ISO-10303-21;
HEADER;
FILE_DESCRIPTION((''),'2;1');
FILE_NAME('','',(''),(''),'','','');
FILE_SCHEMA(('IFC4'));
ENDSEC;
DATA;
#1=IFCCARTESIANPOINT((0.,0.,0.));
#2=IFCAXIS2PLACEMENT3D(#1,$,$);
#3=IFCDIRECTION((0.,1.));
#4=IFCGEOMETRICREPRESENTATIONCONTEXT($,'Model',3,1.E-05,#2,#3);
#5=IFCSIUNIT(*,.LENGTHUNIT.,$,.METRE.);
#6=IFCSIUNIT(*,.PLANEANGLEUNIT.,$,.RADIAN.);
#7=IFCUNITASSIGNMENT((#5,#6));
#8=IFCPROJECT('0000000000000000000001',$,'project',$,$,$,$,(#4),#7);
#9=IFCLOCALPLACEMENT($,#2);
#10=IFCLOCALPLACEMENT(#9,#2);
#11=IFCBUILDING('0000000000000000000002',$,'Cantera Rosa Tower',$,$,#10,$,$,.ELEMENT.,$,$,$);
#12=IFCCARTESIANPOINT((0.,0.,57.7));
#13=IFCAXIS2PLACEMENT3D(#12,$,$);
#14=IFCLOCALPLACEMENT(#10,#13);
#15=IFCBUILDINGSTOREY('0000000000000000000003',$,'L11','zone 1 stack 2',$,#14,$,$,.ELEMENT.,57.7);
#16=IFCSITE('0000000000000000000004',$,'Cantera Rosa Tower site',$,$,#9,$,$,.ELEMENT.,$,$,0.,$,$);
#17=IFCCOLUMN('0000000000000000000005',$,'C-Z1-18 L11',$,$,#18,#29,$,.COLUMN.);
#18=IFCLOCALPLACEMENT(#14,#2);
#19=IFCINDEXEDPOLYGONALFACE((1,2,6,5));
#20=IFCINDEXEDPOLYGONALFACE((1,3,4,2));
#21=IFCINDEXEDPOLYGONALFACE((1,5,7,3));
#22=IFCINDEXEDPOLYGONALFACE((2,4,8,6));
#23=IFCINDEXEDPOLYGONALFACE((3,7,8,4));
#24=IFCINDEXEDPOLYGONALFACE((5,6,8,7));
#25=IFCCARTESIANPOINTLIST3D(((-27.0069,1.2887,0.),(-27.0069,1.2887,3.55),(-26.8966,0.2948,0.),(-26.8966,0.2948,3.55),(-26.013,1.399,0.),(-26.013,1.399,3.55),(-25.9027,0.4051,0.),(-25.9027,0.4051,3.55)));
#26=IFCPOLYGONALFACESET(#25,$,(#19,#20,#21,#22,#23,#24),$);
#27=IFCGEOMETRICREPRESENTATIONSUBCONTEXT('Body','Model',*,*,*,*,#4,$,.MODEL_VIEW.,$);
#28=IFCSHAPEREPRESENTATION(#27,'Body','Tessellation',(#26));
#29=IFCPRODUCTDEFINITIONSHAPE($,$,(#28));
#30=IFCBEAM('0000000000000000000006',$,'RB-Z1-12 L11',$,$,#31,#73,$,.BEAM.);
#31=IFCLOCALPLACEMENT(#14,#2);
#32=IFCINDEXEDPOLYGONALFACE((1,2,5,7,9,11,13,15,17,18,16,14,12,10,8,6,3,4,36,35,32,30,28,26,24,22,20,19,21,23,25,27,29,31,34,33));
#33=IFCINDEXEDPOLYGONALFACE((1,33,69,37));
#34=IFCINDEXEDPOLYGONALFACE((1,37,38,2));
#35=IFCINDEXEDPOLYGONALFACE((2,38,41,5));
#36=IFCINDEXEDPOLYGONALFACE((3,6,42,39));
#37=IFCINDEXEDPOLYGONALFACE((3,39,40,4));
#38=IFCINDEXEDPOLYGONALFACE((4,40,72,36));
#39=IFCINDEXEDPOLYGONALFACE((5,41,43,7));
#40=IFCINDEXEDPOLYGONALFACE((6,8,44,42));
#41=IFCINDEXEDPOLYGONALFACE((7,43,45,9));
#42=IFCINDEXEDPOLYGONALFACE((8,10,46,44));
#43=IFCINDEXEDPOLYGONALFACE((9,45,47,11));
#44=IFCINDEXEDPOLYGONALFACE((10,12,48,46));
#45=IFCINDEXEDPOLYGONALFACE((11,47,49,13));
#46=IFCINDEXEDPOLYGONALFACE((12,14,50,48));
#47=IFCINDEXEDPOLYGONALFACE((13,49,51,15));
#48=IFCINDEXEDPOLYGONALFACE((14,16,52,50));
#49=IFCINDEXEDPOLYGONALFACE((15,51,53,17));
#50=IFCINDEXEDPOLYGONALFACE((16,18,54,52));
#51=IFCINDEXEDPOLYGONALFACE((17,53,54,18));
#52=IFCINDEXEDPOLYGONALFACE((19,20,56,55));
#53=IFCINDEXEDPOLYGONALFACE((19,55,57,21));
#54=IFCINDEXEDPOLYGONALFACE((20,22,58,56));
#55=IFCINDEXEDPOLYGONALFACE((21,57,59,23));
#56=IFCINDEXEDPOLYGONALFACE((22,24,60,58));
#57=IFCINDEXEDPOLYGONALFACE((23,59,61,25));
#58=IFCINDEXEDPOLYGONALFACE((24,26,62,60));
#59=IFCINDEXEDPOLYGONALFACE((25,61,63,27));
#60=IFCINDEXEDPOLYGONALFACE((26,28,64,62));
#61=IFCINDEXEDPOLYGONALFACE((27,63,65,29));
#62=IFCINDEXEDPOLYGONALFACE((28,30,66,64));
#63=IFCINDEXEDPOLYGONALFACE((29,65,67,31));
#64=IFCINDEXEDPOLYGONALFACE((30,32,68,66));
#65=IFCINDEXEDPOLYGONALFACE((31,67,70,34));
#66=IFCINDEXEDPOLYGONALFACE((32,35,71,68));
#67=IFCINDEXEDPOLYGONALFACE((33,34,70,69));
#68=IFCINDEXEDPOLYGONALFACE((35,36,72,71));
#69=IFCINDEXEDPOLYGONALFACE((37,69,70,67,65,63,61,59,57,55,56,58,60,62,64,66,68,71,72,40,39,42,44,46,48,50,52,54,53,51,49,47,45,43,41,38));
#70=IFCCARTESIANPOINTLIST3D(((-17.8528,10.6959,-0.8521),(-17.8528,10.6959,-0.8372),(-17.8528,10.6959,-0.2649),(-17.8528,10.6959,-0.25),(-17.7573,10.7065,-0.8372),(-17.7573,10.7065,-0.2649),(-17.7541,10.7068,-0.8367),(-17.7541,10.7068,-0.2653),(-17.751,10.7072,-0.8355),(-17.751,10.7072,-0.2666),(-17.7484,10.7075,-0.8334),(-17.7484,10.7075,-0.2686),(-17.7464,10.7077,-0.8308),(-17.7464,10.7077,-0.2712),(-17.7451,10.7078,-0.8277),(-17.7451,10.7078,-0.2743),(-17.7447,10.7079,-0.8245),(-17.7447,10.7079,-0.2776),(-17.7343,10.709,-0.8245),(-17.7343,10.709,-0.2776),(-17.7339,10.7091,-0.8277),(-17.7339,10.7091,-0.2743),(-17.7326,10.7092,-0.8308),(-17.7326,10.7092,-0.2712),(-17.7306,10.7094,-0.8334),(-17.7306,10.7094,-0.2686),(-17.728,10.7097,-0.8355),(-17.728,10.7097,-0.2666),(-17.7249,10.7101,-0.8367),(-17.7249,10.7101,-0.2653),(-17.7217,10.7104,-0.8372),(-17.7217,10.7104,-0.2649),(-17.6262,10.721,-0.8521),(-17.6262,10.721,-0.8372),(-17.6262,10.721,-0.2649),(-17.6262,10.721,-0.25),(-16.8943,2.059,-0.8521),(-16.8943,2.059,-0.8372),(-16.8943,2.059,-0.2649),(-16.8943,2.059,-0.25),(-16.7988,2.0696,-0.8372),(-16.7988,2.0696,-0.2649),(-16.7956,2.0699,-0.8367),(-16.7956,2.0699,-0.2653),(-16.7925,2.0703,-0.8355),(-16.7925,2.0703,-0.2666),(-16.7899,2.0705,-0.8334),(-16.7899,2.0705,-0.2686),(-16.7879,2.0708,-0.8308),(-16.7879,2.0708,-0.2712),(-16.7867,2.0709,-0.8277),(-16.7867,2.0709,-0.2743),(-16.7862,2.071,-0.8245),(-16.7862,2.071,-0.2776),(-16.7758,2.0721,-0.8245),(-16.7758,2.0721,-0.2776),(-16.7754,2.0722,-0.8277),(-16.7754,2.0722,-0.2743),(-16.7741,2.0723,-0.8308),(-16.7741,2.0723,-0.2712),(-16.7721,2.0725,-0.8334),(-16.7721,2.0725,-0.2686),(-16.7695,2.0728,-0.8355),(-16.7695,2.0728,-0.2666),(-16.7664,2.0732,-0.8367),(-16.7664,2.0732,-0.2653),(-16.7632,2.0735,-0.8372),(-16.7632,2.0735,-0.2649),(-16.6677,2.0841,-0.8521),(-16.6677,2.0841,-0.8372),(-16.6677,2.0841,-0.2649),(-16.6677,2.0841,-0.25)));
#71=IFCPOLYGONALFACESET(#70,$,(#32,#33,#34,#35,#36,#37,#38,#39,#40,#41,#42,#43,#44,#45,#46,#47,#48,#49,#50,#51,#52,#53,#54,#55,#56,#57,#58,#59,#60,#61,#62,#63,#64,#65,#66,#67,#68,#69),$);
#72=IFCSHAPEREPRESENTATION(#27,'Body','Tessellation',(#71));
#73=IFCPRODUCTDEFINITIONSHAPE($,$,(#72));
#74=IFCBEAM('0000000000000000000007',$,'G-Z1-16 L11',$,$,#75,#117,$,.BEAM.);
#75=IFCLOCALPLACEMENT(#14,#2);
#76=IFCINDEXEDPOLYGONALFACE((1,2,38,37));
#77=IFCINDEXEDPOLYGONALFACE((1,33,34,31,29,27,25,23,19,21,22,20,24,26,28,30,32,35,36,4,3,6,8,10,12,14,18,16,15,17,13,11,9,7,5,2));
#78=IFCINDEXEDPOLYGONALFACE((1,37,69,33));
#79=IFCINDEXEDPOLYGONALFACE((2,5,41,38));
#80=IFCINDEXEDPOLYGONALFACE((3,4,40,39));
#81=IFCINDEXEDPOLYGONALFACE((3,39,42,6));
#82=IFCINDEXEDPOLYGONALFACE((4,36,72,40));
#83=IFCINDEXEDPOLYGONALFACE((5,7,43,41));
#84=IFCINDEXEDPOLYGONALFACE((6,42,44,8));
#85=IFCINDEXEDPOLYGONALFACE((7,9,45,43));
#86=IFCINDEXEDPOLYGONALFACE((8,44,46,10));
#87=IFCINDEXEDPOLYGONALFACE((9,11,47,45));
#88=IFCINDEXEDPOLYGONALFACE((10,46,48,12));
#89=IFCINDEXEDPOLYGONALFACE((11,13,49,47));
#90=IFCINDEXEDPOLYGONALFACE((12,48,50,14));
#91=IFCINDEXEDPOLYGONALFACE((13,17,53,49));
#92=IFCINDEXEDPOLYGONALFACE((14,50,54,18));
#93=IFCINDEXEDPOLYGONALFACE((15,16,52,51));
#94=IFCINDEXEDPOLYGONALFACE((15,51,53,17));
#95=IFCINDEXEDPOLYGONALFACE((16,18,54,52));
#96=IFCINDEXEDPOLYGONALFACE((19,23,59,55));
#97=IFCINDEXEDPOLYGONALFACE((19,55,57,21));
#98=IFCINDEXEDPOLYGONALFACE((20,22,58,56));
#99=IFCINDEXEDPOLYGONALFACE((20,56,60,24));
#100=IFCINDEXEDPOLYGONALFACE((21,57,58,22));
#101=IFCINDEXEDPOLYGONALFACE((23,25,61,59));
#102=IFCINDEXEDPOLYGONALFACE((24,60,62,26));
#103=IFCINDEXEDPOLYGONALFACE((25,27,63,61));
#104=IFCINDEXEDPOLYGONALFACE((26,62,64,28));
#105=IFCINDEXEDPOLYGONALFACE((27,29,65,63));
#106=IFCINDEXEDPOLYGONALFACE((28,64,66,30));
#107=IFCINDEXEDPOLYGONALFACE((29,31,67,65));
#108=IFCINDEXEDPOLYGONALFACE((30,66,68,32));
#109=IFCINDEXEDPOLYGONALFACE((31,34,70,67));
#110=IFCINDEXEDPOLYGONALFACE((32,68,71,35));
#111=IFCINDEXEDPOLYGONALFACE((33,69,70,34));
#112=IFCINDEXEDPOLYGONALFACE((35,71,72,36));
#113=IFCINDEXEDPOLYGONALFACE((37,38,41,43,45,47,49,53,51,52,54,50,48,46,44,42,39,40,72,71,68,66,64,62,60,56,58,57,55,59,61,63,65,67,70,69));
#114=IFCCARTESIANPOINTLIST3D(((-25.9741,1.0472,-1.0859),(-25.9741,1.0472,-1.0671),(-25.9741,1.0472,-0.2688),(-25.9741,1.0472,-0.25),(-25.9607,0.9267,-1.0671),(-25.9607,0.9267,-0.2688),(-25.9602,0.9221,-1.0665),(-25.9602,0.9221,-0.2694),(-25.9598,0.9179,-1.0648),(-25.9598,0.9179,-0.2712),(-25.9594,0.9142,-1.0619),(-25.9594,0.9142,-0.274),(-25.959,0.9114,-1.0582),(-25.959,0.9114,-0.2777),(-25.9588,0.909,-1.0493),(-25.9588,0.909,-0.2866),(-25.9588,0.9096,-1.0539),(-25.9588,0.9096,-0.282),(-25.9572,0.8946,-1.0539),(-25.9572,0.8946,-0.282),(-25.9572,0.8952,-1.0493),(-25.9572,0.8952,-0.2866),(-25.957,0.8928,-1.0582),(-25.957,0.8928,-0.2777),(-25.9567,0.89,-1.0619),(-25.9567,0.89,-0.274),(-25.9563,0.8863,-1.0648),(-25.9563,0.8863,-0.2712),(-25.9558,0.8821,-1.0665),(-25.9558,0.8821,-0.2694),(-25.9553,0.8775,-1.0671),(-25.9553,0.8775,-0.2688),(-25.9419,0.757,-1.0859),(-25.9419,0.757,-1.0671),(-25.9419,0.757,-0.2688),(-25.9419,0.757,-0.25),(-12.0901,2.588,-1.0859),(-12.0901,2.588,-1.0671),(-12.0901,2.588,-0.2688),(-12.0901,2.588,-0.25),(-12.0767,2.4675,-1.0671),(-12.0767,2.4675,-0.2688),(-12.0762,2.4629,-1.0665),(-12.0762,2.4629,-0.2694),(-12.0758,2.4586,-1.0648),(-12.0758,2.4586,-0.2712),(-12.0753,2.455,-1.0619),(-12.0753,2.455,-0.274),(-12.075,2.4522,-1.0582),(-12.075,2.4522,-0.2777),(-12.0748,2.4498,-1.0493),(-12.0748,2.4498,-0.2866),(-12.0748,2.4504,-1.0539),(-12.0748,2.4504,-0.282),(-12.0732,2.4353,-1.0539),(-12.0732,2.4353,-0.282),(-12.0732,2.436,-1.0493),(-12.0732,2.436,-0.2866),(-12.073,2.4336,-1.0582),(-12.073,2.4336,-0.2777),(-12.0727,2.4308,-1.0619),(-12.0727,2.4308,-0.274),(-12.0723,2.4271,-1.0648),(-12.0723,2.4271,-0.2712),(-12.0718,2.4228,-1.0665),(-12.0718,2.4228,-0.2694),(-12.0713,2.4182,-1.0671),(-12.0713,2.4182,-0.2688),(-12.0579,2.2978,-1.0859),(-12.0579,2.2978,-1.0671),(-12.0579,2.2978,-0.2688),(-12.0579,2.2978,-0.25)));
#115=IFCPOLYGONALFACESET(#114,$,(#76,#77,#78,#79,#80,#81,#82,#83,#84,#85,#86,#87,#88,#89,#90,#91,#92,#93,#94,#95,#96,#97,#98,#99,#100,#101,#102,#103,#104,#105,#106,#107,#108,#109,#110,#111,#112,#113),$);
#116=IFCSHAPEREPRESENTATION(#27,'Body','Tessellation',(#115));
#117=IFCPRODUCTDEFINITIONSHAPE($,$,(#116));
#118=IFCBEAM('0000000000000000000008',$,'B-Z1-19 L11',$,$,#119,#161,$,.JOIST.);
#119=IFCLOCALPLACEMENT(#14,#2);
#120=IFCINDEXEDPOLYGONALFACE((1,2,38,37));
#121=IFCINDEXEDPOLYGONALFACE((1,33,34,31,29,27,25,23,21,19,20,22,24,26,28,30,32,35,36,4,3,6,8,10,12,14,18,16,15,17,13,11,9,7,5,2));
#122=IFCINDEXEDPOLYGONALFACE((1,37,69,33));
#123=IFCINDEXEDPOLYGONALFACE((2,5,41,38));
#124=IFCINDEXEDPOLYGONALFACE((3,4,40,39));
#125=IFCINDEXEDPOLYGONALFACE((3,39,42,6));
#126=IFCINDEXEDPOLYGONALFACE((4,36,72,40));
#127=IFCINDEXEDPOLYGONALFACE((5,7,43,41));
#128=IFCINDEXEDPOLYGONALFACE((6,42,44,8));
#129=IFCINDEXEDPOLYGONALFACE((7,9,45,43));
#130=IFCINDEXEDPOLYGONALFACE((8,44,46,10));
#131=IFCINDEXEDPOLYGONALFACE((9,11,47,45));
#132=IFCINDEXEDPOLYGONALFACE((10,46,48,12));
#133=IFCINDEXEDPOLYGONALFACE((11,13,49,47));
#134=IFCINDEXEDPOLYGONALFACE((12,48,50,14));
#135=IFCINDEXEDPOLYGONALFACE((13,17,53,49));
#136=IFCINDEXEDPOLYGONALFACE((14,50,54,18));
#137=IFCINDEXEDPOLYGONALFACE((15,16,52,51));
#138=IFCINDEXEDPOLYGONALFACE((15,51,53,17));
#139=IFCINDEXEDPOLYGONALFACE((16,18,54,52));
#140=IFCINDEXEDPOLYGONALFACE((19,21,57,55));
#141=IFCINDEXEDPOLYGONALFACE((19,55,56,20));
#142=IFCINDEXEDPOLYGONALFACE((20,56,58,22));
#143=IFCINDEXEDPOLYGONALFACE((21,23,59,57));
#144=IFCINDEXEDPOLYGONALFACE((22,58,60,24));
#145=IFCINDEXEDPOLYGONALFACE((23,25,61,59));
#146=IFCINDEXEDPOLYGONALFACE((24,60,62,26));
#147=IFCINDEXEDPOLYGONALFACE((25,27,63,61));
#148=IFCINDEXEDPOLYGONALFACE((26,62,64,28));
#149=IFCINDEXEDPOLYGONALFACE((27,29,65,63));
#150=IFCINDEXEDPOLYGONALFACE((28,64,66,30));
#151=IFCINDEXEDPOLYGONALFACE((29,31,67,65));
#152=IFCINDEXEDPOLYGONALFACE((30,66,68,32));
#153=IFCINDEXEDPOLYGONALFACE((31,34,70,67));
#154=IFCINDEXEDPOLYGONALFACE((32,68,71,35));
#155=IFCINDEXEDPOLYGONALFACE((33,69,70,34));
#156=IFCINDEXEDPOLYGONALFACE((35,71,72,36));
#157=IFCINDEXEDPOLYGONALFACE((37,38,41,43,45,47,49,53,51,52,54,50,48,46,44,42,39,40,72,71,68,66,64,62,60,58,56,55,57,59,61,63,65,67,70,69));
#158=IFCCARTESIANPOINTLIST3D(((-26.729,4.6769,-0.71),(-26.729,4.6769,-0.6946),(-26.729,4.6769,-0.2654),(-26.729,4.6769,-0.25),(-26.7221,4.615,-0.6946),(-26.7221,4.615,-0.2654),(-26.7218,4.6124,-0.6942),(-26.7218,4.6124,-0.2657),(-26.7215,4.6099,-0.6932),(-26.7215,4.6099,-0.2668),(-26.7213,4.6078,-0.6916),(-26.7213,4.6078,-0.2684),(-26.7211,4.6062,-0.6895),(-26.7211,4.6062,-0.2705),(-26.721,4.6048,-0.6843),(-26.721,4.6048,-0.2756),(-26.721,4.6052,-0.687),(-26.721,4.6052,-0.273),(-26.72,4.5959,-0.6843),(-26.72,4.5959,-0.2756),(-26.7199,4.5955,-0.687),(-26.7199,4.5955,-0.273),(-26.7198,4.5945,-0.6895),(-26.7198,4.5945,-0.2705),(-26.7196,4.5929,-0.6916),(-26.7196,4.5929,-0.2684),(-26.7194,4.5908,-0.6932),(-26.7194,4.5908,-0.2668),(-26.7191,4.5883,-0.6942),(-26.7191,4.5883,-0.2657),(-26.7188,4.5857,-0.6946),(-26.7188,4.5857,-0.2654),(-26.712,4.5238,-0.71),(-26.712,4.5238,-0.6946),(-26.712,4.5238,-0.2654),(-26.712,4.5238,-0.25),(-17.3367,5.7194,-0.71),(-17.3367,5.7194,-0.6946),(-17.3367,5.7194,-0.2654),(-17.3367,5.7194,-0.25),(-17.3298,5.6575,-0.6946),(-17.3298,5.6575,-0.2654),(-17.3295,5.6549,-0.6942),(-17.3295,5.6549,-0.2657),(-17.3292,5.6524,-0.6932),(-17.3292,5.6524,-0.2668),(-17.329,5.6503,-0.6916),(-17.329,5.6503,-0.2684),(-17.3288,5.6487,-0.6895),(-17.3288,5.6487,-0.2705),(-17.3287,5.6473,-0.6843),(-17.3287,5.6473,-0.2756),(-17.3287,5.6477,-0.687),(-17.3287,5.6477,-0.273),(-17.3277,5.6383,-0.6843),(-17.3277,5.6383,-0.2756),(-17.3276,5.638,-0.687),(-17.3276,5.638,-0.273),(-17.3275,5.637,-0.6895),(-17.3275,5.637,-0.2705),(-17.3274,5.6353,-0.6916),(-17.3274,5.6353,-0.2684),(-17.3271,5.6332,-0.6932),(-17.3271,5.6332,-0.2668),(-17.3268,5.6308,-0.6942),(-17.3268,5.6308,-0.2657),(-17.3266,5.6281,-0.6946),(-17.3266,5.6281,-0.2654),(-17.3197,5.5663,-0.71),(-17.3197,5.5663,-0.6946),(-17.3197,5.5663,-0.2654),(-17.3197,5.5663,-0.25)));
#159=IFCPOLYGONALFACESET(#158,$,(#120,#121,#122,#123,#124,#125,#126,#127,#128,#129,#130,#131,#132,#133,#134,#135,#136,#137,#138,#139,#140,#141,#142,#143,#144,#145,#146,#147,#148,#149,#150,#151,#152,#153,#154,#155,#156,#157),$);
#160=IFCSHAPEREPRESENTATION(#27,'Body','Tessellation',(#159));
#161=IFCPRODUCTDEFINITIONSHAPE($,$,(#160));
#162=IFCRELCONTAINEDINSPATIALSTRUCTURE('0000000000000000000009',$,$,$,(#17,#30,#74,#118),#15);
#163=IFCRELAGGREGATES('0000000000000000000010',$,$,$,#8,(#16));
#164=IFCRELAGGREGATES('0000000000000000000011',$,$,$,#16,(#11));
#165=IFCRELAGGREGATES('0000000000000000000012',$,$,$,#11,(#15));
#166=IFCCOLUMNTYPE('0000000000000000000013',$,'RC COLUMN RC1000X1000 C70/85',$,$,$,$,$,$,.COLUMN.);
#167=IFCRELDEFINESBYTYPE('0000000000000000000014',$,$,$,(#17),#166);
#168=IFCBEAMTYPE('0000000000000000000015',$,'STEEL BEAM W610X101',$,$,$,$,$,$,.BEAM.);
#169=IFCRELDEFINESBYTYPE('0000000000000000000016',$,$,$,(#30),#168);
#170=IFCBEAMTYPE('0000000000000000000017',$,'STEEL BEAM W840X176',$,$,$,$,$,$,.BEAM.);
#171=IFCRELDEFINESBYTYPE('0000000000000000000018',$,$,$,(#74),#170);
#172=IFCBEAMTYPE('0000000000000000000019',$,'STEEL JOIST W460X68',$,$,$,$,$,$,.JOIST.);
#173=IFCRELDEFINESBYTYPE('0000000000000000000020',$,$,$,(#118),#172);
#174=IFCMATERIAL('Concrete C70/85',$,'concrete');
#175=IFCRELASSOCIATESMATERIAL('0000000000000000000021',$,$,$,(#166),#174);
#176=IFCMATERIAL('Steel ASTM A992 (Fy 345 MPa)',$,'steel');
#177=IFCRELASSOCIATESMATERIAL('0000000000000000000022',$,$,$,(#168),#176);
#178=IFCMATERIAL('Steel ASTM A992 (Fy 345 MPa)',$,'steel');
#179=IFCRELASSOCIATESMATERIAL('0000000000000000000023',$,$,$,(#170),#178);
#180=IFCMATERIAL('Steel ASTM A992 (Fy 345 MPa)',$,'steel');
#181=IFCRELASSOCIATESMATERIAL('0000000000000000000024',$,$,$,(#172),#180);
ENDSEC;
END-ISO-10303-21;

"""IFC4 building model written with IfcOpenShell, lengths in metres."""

from ifc_helpers import new_model, si_unit, direction, frame, origin, origin_2d, place, context, subcontext, project, spatial, rectangle, i_section, extrude, material, material_profile, profile_set, type_object, element, save


model = new_model("IFC4")

# Units and contexts
model_context = context("Model", 3, precision=1e-05, world=origin(), true_north=direction((0.0, 1.0)))
body_context = subcontext(model_context, "Body", "Model", "MODEL_VIEW")
ifc_project = project(units=[si_unit("LENGTHUNIT", "METRE"), si_unit("PLANEANGLEUNIT", "RADIAN")], contexts=[model_context])

# Site, building, storey
site_placement = place(None, origin())
site = spatial("IfcSite", under=ifc_project, at=site_placement, Name="Cantera Rosa Tower site", CompositionType="ELEMENT", RefElevation=0.0)
building_placement = place(site_placement, origin())
building = spatial("IfcBuilding", under=site, at=building_placement, Name="Cantera Rosa Tower", CompositionType="ELEMENT")
storey_placement = place(building_placement, frame((0.0, 0.0, 57.7)))
storey = spatial("IfcBuildingStorey", under=building, at=storey_placement, Name="L11", Description="zone 1 stack 2", CompositionType="ELEMENT", Elevation=57.7)

# Column
ifc_material_1 = material(Name="Concrete C70/85", Category="concrete")
ifc_material_profile_1 = material_profile(ifc_material_1, rectangle(XDim=1.0, YDim=1.0, at=origin_2d()), Name="RC COLUMN RC1000X1000 C70/85")
ifc_profile_set_1 = profile_set([ifc_material_profile_1], Name="Concrete C70/85")
column_type = type_object("IfcColumnType", Name="RC COLUMN RC1000X1000 C70/85", PredefinedType="COLUMN", material=ifc_profile_set_1)
column_placement = place(storey_placement, frame((-26.4548, 0.8469, 0.0), z_axis=(0.0, 0.0, 1.0), x_axis=(0.993897, 0.110313, 0.0)))
element("IfcColumn", 1, at=column_placement, inside=storey, type_object=column_type, Name="C-Z1-18 L11", PredefinedType="COLUMN", context=body_context, shape_type="SweptSolid", body=[
    extrude(rectangle(XDim=1.0, YDim=1.0, at=origin_2d()), origin(), (0.0, 0.0, 1.0), 3.55),
])

# Beams
ifc_material_2 = material(Name="Steel ASTM A992 (Fy 345 MPa)", Category="steel")
ifc_material_profile_2 = material_profile(ifc_material_2, i_section(OverallWidth=0.228, OverallDepth=0.6021, WebThickness=0.0105, FlangeThickness=0.0149, FilletRadius=0.0127, at=origin_2d()), Name="W610X101")
ifc_profile_set_2 = profile_set([ifc_material_profile_2], Name="Steel ASTM A992 (Fy 345 MPa)")
beam_type_1 = type_object("IfcBeamType", Name="STEEL BEAM W610X101", PredefinedType="BEAM", material=ifc_profile_set_2)
beam_1_placement = place(storey_placement, frame((-16.781, 2.0715, -0.551), z_axis=(-0.110299, 0.993898, 0.0), x_axis=(-0.993898, -0.110299, 0.0)))
element("IfcBeam", 2, at=beam_1_placement, inside=storey, type_object=beam_type_1, Name="RB-Z1-12 L11", PredefinedType="BEAM", context=body_context, shape_type="SweptSolid", body=[
    extrude(i_section(OverallWidth=0.228, OverallDepth=0.6021, WebThickness=0.0105, FlangeThickness=0.0149, FilletRadius=0.0127, at=origin_2d()), origin(), (0.0, 0.0, 1.0), 8.6899),
])
ifc_material_3 = material(Name="Steel ASTM A992 (Fy 345 MPa)", Category="steel")
ifc_material_profile_3 = material_profile(ifc_material_3, i_section(OverallWidth=0.292, OverallDepth=0.8359, WebThickness=0.0139, FlangeThickness=0.0188, FilletRadius=0.0178, at=origin_2d()), Name="W840X176")
ifc_profile_set_3 = profile_set([ifc_material_profile_3], Name="Steel ASTM A992 (Fy 345 MPa)")
beam_type_2 = type_object("IfcBeamType", Name="STEEL BEAM W840X176", PredefinedType="BEAM", material=ifc_profile_set_3)
beam_2_placement = place(storey_placement, frame((-25.958, 0.9021, -0.668), z_axis=(0.993899, 0.110297, 0.0), x_axis=(-0.110297, 0.993899, 0.0)))
element("IfcBeam", 3, at=beam_2_placement, inside=storey, type_object=beam_type_2, Name="G-Z1-16 L11", PredefinedType="BEAM", context=body_context, shape_type="SweptSolid", body=[
    extrude(i_section(OverallWidth=0.292, OverallDepth=0.8359, WebThickness=0.0139, FlangeThickness=0.0188, FilletRadius=0.0178, at=origin_2d()), origin(), (0.0, 0.0, 1.0), 13.9692),
])
ifc_material_4 = material(Name="Steel ASTM A992 (Fy 345 MPa)", Category="steel")
ifc_material_profile_4 = material_profile(ifc_material_4, i_section(OverallWidth=0.1541, OverallDepth=0.46, WebThickness=0.009, FlangeThickness=0.0154, FilletRadius=0.0103, at=origin_2d()), Name="W460X68")
ifc_profile_set_4 = profile_set([ifc_material_profile_4], Name="Steel ASTM A992 (Fy 345 MPa)")
beam_type_3 = type_object("IfcBeamType", Name="STEEL JOIST W460X68", PredefinedType="JOIST", material=ifc_profile_set_4)
beam_3_placement = place(storey_placement, frame((-26.7205, 4.6003, -0.48), z_axis=(0.993897, 0.110315, 0.0), x_axis=(-0.110315, 0.993897, 0.0)))
element("IfcBeam", 4, at=beam_3_placement, inside=storey, type_object=beam_type_3, Name="B-Z1-19 L11", PredefinedType="JOIST", context=body_context, shape_type="SweptSolid", body=[
    extrude(i_section(OverallWidth=0.1541, OverallDepth=0.46, WebThickness=0.009, FlangeThickness=0.0154, FilletRadius=0.0103, at=origin_2d()), origin(), (0.0, 0.0, 1.0), 9.45),
])

save(model, "model.ifc")
